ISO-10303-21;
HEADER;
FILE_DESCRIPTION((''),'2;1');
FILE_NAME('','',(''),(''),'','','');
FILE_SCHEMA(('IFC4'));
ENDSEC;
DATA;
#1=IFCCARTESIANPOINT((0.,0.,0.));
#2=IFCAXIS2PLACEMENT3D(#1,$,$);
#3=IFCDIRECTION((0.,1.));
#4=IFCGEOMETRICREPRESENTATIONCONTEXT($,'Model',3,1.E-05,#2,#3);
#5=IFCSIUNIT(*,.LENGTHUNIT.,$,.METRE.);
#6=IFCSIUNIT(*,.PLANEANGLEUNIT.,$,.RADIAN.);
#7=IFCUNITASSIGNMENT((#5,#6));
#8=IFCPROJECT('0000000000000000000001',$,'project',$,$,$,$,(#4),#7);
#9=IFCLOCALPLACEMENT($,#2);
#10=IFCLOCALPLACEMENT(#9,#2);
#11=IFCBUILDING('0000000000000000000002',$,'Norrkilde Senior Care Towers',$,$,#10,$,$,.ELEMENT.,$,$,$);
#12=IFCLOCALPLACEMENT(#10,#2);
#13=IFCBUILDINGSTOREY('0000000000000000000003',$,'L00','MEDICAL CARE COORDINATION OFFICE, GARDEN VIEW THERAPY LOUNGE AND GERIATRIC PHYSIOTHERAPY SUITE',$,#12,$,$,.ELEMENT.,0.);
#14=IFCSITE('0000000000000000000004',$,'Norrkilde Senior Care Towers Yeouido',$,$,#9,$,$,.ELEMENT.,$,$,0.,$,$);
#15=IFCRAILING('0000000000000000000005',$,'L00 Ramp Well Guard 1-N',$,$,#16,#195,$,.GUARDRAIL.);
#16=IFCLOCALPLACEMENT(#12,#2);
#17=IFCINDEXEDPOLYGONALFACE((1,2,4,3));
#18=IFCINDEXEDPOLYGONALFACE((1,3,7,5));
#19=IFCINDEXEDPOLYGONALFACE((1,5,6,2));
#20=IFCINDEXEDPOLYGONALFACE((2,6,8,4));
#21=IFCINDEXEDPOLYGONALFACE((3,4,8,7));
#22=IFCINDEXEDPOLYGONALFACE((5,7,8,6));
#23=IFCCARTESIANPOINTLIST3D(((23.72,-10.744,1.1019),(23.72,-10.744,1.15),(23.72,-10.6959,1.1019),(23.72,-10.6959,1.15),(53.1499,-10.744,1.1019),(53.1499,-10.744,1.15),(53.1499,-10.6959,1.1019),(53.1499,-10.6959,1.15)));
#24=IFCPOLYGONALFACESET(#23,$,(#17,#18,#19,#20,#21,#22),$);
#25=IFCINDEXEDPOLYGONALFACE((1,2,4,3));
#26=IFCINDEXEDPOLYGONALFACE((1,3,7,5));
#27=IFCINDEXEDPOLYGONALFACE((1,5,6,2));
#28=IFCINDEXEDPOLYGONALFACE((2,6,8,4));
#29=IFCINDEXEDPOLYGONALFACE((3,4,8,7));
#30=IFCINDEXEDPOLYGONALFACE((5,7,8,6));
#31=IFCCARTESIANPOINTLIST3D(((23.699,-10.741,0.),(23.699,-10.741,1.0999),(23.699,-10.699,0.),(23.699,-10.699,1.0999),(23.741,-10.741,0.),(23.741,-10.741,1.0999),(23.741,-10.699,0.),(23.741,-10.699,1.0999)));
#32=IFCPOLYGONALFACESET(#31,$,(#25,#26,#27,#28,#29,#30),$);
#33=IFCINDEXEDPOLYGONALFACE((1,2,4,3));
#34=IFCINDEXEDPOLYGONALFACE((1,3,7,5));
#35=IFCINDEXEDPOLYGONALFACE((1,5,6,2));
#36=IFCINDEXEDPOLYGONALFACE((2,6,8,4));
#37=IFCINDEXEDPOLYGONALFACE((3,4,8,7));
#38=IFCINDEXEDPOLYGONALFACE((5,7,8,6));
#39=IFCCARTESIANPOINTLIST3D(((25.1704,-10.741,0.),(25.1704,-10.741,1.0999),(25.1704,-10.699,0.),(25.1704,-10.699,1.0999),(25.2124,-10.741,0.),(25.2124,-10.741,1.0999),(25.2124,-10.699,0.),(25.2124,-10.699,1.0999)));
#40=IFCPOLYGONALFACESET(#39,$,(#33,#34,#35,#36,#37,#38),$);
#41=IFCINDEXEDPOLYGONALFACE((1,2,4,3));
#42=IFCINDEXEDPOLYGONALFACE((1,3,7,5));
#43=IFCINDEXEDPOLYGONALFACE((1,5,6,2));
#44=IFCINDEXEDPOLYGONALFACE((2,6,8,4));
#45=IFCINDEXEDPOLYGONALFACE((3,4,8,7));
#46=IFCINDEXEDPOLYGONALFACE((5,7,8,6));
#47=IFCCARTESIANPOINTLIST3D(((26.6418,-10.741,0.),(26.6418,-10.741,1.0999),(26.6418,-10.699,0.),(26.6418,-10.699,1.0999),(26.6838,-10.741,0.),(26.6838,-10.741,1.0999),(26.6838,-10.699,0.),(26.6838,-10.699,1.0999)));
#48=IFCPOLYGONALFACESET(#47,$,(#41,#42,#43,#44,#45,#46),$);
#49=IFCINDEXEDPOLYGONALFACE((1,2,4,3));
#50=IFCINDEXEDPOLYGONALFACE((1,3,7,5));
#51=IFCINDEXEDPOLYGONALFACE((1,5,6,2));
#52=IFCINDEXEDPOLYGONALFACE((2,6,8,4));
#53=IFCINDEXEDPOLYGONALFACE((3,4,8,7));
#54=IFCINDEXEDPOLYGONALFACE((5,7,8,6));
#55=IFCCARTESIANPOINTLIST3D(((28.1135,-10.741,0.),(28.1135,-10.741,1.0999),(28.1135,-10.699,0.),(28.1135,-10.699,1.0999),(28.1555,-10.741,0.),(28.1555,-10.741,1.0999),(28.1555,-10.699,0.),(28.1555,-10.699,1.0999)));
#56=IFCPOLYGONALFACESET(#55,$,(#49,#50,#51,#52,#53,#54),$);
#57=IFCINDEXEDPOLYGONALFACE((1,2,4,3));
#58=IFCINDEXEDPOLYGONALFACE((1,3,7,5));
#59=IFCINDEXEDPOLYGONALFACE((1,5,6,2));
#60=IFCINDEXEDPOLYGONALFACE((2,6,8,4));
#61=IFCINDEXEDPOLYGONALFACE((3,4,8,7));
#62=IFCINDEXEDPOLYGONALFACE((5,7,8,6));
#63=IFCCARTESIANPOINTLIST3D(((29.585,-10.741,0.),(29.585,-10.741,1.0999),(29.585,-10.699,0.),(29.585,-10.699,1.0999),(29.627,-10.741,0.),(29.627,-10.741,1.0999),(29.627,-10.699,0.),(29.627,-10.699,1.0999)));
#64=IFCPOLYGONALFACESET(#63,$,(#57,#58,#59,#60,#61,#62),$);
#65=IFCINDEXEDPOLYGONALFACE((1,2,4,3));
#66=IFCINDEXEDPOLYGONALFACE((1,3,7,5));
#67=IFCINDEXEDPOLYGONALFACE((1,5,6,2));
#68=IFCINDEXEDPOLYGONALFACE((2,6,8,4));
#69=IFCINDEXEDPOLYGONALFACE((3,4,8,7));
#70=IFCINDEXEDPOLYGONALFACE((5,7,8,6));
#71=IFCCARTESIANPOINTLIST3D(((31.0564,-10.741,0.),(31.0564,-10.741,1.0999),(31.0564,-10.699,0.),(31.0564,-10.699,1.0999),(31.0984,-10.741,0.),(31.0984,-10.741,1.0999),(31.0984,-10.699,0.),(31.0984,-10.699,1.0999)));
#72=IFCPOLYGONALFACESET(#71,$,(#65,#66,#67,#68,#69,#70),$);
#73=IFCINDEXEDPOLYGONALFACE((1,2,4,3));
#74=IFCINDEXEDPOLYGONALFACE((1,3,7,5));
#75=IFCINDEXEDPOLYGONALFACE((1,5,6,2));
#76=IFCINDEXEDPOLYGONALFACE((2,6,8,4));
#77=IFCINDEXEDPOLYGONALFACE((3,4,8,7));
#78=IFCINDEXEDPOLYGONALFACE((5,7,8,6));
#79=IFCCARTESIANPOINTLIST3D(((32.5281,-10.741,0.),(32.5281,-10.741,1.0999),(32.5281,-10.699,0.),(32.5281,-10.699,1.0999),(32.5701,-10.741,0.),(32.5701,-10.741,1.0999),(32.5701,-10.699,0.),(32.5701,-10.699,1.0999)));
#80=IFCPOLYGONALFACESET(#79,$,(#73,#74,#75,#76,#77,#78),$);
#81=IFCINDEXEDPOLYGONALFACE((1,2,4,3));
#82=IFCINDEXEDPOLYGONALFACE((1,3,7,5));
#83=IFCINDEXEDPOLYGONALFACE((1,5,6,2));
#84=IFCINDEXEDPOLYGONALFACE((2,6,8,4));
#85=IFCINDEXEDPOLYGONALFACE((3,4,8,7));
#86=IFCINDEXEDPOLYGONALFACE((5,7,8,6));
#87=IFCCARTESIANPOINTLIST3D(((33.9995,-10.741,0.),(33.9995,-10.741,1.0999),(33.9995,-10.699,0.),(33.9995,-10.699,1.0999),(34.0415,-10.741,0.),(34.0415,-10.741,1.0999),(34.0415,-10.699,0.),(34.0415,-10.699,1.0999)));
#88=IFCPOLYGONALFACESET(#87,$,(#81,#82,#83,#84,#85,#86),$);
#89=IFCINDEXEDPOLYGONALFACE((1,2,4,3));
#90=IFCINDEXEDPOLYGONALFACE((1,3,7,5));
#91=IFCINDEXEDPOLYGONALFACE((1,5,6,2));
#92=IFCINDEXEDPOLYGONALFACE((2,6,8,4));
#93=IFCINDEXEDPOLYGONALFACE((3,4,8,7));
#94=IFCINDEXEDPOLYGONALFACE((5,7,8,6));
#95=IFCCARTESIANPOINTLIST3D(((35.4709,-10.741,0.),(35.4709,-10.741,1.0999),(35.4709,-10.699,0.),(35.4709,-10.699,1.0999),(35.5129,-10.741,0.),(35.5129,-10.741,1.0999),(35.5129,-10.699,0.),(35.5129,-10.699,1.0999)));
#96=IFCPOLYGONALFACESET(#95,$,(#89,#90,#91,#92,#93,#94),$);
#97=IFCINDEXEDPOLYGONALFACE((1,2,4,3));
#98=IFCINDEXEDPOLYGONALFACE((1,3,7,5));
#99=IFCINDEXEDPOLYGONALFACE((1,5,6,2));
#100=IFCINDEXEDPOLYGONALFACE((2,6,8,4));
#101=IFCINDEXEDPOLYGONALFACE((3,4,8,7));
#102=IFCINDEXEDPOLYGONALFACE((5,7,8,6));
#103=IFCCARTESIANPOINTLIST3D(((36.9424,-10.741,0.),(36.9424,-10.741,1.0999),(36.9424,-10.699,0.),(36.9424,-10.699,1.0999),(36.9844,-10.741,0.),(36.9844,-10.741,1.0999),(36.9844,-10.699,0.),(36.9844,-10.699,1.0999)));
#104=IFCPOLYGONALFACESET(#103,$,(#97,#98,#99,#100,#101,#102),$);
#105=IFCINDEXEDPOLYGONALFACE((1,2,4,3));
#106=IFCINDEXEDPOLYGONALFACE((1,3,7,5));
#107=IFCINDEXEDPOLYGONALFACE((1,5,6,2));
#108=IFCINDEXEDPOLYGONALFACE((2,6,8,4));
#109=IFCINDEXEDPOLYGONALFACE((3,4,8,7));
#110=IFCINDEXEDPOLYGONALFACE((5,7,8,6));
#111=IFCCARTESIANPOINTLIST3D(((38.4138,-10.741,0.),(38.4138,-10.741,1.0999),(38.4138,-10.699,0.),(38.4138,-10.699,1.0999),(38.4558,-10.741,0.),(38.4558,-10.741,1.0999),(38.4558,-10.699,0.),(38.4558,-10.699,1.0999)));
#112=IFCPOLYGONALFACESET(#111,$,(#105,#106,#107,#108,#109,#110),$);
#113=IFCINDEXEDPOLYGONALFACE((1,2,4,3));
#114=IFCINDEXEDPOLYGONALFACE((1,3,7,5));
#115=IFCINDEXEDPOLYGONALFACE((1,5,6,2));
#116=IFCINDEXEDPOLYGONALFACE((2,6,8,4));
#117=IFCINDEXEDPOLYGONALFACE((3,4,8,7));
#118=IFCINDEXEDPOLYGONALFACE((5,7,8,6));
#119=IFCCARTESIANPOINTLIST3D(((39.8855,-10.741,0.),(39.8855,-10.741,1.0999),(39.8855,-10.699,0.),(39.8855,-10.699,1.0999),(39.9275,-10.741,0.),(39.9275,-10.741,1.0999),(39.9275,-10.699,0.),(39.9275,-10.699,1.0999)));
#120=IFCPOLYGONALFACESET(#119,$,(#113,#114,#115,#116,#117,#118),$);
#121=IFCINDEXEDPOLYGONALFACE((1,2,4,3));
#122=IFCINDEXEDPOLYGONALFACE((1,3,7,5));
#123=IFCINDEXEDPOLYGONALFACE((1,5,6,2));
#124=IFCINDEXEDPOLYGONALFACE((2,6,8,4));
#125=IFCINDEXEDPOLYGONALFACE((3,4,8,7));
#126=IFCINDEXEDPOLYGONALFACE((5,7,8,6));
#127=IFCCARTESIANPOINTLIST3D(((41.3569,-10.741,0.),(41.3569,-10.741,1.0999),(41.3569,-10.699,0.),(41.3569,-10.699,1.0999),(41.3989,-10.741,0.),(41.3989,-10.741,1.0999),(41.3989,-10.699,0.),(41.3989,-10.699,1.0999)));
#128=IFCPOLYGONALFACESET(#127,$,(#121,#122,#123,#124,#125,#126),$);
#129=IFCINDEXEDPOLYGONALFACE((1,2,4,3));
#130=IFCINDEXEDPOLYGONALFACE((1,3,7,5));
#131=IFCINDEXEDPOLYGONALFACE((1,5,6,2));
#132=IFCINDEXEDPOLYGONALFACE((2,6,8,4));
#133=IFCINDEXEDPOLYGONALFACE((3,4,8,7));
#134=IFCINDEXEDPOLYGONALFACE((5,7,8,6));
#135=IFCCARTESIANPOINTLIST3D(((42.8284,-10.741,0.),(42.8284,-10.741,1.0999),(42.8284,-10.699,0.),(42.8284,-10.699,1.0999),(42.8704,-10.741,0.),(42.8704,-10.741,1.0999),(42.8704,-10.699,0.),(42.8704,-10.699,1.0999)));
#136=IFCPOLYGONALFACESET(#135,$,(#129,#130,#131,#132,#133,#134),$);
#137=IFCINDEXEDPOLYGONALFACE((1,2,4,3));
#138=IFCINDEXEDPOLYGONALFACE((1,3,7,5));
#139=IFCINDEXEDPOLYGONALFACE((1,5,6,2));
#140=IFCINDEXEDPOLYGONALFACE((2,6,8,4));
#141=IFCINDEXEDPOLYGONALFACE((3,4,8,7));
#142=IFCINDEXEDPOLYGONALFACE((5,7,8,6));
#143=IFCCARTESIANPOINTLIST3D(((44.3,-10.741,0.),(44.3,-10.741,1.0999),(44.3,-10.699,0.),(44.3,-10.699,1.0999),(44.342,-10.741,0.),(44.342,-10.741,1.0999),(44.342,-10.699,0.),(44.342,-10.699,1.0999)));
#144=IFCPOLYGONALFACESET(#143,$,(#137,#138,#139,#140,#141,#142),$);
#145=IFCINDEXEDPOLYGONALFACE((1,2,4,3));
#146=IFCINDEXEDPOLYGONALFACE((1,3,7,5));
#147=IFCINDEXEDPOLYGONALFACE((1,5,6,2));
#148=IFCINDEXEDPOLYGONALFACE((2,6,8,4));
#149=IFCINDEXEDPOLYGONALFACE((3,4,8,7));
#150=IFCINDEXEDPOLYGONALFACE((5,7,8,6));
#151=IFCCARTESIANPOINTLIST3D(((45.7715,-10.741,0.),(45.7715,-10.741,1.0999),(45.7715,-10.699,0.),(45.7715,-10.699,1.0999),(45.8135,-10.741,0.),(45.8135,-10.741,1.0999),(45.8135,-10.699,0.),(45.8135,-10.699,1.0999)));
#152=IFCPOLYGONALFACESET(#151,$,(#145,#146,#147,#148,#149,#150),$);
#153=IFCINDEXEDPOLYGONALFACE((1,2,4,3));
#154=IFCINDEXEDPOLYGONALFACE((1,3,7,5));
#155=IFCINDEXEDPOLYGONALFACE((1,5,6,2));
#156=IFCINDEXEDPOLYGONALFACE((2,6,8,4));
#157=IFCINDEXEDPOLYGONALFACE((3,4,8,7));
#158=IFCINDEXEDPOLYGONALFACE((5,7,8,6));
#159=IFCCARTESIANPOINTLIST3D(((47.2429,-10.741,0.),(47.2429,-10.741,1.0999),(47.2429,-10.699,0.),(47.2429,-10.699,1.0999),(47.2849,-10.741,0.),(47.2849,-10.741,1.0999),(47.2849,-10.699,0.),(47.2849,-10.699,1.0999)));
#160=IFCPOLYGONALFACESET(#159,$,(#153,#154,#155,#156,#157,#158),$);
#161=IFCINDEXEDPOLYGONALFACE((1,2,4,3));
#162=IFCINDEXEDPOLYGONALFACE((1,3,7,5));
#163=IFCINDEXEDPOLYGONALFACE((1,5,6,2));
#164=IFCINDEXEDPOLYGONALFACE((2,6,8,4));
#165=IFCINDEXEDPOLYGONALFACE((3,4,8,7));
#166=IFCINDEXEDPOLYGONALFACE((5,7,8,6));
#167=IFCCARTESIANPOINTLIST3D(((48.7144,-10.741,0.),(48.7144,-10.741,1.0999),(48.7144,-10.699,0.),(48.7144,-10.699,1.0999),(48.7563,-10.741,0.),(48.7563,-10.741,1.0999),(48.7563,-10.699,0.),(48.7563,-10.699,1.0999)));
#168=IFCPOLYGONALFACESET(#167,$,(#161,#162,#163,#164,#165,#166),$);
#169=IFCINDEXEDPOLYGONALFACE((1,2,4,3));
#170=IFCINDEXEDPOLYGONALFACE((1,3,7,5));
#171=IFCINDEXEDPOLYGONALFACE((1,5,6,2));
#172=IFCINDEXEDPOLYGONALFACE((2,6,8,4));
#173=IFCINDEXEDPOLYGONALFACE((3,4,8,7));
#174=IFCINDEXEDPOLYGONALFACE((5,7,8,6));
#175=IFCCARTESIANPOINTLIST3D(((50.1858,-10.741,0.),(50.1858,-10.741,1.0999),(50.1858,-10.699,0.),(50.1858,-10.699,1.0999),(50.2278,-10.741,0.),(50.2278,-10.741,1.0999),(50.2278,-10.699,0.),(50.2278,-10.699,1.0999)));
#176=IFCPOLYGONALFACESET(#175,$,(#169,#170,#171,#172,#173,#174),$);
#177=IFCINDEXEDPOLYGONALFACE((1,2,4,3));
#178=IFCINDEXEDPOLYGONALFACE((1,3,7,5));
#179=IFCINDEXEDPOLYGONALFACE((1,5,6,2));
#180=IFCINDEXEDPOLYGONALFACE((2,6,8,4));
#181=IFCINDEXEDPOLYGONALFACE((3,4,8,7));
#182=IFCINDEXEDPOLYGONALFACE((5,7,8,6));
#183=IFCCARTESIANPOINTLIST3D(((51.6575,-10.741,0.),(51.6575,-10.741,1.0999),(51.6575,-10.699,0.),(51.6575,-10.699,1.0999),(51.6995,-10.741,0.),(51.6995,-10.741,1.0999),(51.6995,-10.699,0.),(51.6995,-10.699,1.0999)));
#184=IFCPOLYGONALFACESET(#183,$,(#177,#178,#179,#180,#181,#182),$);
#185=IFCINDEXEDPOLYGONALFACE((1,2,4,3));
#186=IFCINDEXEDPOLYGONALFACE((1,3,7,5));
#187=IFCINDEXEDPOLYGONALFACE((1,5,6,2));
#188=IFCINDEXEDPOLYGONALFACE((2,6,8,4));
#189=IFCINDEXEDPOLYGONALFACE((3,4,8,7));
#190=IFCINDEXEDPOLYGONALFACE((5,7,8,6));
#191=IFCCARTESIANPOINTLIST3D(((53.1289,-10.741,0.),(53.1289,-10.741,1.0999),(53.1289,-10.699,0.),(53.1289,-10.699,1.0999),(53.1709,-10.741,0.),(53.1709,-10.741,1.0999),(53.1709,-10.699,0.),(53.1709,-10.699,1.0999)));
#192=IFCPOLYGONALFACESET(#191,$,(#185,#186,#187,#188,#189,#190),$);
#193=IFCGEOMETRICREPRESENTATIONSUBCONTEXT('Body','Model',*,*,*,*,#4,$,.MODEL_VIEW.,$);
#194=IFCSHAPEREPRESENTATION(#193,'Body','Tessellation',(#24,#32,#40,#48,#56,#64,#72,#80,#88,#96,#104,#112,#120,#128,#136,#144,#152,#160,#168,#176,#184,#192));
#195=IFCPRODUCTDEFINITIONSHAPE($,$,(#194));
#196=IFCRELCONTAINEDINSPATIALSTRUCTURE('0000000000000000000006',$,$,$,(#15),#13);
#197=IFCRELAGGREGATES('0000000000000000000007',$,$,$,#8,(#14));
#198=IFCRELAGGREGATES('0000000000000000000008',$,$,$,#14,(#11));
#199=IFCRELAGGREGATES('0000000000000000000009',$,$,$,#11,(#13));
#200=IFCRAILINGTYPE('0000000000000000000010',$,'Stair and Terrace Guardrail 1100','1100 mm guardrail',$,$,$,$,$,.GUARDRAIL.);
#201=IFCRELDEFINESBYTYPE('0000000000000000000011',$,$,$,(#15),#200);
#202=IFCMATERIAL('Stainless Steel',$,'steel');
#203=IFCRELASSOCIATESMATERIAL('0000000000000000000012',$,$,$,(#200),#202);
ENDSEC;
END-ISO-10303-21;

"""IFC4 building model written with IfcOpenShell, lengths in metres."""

from ifc_helpers import new_model, si_unit, direction, frame, origin, origin_2d, place, context, subcontext, project, spatial, rectangle, extrude, material, type_object, element, save


model = new_model("IFC4")

# Units and contexts
model_context = context("Model", 3, precision=1e-05, world=origin(), true_north=direction((0.0, 1.0)))
body_context = subcontext(model_context, "Body", "Model", "MODEL_VIEW")
ifc_project = project(units=[si_unit("LENGTHUNIT", "METRE"), si_unit("PLANEANGLEUNIT", "RADIAN")], contexts=[model_context])

# Site, building, storey
site_placement = place(None, origin())
site = spatial("IfcSite", under=ifc_project, at=site_placement, Name="Norrkilde Senior Care Towers Yeouido", CompositionType="ELEMENT", RefElevation=0.0)
building_placement = place(site_placement, origin())
building = spatial("IfcBuilding", under=site, at=building_placement, Name="Norrkilde Senior Care Towers", CompositionType="ELEMENT")
storey_placement = place(building_placement, origin())
storey = spatial("IfcBuildingStorey", under=building, at=storey_placement, Name="L00", Description="MEDICAL CARE COORDINATION OFFICE, GARDEN VIEW THERAPY LOUNGE AND GERIATRIC PHYSIOTHERAPY SUITE", CompositionType="ELEMENT", Elevation=0.0)

# Railing
ifc_material_1 = material(Name="Stainless Steel", Category="steel")
railing_type_1 = type_object("IfcRailingType", Name="Stair and Terrace Guardrail 1100", Description="1100 mm guardrail", PredefinedType="GUARDRAIL", material=ifc_material_1)
railing_1_placement = place(storey_placement, frame((23.72, -10.72, 0.0)))
element("IfcRailing", 1, at=railing_1_placement, inside=storey, type_object=railing_type_1, Name="L00 Ramp Well Guard 1-N", PredefinedType="GUARDRAIL", context=body_context, shape_type="SweptSolid", body=[
    extrude(rectangle(XDim=0.0481, YDim=0.0481, at=origin_2d()), frame((0.0, 0.0, 1.126), z_axis=(1.0, 0.0, 0.0), x_axis=(0.0, 1.0, 0.0)), (0.0, 0.0, 1.0), 29.4299),
    extrude(rectangle(XDim=0.042, YDim=0.042, at=origin_2d()), origin(), (0.0, 0.0, 1.0), 1.0999),
    extrude(rectangle(XDim=0.042, YDim=0.042, at=origin_2d()), frame((1.4714, 0.0, 0.0)), (0.0, 0.0, 1.0), 1.0999),
    extrude(rectangle(XDim=0.042, YDim=0.042, at=origin_2d()), frame((2.9429, 0.0, 0.0)), (0.0, 0.0, 1.0), 1.0999),
    extrude(rectangle(XDim=0.042, YDim=0.042, at=origin_2d()), frame((4.4146, 0.0, 0.0)), (0.0, 0.0, 1.0), 1.0999),
    extrude(rectangle(XDim=0.042, YDim=0.042, at=origin_2d()), frame((5.886, 0.0, 0.0)), (0.0, 0.0, 1.0), 1.0999),
    extrude(rectangle(XDim=0.042, YDim=0.042, at=origin_2d()), frame((7.3574, 0.0, 0.0)), (0.0, 0.0, 1.0), 1.0999),
    extrude(rectangle(XDim=0.042, YDim=0.042, at=origin_2d()), frame((8.8291, 0.0, 0.0)), (0.0, 0.0, 1.0), 1.0999),
    extrude(rectangle(XDim=0.042, YDim=0.042, at=origin_2d()), frame((10.3005, 0.0, 0.0)), (0.0, 0.0, 1.0), 1.0999),
    extrude(rectangle(XDim=0.042, YDim=0.042, at=origin_2d()), frame((11.772, 0.0, 0.0)), (0.0, 0.0, 1.0), 1.0999),
    extrude(rectangle(XDim=0.042, YDim=0.042, at=origin_2d()), frame((13.2434, 0.0, 0.0)), (0.0, 0.0, 1.0), 1.0999),
    extrude(rectangle(XDim=0.042, YDim=0.042, at=origin_2d()), frame((14.7148, 0.0, 0.0)), (0.0, 0.0, 1.0), 1.0999),
    extrude(rectangle(XDim=0.042, YDim=0.042, at=origin_2d()), frame((16.1865, 0.0, 0.0)), (0.0, 0.0, 1.0), 1.0999),
    extrude(rectangle(XDim=0.042, YDim=0.042, at=origin_2d()), frame((17.658, 0.0, 0.0)), (0.0, 0.0, 1.0), 1.0999),
    extrude(rectangle(XDim=0.042, YDim=0.042, at=origin_2d()), frame((19.1294, 0.0, 0.0)), (0.0, 0.0, 1.0), 1.0999),
    extrude(rectangle(XDim=0.042, YDim=0.042, at=origin_2d()), frame((20.6011, 0.0, 0.0)), (0.0, 0.0, 1.0), 1.0999),
    extrude(rectangle(XDim=0.042, YDim=0.042, at=origin_2d()), frame((22.0725, 0.0, 0.0)), (0.0, 0.0, 1.0), 1.0999),
    extrude(rectangle(XDim=0.042, YDim=0.042, at=origin_2d()), frame((23.5439, 0.0, 0.0)), (0.0, 0.0, 1.0), 1.0999),
    extrude(rectangle(XDim=0.042, YDim=0.042, at=origin_2d()), frame((25.0154, 0.0, 0.0)), (0.0, 0.0, 1.0), 1.0999),
    extrude(rectangle(XDim=0.042, YDim=0.042, at=origin_2d()), frame((26.4868, 0.0, 0.0)), (0.0, 0.0, 1.0), 1.0999),
    extrude(rectangle(XDim=0.042, YDim=0.042, at=origin_2d()), frame((27.9585, 0.0, 0.0)), (0.0, 0.0, 1.0), 1.0999),
    extrude(rectangle(XDim=0.042, YDim=0.042, at=origin_2d()), frame((29.4299, 0.0, 0.0)), (0.0, 0.0, 1.0), 1.0999),
])

save(model, "model.ifc")
